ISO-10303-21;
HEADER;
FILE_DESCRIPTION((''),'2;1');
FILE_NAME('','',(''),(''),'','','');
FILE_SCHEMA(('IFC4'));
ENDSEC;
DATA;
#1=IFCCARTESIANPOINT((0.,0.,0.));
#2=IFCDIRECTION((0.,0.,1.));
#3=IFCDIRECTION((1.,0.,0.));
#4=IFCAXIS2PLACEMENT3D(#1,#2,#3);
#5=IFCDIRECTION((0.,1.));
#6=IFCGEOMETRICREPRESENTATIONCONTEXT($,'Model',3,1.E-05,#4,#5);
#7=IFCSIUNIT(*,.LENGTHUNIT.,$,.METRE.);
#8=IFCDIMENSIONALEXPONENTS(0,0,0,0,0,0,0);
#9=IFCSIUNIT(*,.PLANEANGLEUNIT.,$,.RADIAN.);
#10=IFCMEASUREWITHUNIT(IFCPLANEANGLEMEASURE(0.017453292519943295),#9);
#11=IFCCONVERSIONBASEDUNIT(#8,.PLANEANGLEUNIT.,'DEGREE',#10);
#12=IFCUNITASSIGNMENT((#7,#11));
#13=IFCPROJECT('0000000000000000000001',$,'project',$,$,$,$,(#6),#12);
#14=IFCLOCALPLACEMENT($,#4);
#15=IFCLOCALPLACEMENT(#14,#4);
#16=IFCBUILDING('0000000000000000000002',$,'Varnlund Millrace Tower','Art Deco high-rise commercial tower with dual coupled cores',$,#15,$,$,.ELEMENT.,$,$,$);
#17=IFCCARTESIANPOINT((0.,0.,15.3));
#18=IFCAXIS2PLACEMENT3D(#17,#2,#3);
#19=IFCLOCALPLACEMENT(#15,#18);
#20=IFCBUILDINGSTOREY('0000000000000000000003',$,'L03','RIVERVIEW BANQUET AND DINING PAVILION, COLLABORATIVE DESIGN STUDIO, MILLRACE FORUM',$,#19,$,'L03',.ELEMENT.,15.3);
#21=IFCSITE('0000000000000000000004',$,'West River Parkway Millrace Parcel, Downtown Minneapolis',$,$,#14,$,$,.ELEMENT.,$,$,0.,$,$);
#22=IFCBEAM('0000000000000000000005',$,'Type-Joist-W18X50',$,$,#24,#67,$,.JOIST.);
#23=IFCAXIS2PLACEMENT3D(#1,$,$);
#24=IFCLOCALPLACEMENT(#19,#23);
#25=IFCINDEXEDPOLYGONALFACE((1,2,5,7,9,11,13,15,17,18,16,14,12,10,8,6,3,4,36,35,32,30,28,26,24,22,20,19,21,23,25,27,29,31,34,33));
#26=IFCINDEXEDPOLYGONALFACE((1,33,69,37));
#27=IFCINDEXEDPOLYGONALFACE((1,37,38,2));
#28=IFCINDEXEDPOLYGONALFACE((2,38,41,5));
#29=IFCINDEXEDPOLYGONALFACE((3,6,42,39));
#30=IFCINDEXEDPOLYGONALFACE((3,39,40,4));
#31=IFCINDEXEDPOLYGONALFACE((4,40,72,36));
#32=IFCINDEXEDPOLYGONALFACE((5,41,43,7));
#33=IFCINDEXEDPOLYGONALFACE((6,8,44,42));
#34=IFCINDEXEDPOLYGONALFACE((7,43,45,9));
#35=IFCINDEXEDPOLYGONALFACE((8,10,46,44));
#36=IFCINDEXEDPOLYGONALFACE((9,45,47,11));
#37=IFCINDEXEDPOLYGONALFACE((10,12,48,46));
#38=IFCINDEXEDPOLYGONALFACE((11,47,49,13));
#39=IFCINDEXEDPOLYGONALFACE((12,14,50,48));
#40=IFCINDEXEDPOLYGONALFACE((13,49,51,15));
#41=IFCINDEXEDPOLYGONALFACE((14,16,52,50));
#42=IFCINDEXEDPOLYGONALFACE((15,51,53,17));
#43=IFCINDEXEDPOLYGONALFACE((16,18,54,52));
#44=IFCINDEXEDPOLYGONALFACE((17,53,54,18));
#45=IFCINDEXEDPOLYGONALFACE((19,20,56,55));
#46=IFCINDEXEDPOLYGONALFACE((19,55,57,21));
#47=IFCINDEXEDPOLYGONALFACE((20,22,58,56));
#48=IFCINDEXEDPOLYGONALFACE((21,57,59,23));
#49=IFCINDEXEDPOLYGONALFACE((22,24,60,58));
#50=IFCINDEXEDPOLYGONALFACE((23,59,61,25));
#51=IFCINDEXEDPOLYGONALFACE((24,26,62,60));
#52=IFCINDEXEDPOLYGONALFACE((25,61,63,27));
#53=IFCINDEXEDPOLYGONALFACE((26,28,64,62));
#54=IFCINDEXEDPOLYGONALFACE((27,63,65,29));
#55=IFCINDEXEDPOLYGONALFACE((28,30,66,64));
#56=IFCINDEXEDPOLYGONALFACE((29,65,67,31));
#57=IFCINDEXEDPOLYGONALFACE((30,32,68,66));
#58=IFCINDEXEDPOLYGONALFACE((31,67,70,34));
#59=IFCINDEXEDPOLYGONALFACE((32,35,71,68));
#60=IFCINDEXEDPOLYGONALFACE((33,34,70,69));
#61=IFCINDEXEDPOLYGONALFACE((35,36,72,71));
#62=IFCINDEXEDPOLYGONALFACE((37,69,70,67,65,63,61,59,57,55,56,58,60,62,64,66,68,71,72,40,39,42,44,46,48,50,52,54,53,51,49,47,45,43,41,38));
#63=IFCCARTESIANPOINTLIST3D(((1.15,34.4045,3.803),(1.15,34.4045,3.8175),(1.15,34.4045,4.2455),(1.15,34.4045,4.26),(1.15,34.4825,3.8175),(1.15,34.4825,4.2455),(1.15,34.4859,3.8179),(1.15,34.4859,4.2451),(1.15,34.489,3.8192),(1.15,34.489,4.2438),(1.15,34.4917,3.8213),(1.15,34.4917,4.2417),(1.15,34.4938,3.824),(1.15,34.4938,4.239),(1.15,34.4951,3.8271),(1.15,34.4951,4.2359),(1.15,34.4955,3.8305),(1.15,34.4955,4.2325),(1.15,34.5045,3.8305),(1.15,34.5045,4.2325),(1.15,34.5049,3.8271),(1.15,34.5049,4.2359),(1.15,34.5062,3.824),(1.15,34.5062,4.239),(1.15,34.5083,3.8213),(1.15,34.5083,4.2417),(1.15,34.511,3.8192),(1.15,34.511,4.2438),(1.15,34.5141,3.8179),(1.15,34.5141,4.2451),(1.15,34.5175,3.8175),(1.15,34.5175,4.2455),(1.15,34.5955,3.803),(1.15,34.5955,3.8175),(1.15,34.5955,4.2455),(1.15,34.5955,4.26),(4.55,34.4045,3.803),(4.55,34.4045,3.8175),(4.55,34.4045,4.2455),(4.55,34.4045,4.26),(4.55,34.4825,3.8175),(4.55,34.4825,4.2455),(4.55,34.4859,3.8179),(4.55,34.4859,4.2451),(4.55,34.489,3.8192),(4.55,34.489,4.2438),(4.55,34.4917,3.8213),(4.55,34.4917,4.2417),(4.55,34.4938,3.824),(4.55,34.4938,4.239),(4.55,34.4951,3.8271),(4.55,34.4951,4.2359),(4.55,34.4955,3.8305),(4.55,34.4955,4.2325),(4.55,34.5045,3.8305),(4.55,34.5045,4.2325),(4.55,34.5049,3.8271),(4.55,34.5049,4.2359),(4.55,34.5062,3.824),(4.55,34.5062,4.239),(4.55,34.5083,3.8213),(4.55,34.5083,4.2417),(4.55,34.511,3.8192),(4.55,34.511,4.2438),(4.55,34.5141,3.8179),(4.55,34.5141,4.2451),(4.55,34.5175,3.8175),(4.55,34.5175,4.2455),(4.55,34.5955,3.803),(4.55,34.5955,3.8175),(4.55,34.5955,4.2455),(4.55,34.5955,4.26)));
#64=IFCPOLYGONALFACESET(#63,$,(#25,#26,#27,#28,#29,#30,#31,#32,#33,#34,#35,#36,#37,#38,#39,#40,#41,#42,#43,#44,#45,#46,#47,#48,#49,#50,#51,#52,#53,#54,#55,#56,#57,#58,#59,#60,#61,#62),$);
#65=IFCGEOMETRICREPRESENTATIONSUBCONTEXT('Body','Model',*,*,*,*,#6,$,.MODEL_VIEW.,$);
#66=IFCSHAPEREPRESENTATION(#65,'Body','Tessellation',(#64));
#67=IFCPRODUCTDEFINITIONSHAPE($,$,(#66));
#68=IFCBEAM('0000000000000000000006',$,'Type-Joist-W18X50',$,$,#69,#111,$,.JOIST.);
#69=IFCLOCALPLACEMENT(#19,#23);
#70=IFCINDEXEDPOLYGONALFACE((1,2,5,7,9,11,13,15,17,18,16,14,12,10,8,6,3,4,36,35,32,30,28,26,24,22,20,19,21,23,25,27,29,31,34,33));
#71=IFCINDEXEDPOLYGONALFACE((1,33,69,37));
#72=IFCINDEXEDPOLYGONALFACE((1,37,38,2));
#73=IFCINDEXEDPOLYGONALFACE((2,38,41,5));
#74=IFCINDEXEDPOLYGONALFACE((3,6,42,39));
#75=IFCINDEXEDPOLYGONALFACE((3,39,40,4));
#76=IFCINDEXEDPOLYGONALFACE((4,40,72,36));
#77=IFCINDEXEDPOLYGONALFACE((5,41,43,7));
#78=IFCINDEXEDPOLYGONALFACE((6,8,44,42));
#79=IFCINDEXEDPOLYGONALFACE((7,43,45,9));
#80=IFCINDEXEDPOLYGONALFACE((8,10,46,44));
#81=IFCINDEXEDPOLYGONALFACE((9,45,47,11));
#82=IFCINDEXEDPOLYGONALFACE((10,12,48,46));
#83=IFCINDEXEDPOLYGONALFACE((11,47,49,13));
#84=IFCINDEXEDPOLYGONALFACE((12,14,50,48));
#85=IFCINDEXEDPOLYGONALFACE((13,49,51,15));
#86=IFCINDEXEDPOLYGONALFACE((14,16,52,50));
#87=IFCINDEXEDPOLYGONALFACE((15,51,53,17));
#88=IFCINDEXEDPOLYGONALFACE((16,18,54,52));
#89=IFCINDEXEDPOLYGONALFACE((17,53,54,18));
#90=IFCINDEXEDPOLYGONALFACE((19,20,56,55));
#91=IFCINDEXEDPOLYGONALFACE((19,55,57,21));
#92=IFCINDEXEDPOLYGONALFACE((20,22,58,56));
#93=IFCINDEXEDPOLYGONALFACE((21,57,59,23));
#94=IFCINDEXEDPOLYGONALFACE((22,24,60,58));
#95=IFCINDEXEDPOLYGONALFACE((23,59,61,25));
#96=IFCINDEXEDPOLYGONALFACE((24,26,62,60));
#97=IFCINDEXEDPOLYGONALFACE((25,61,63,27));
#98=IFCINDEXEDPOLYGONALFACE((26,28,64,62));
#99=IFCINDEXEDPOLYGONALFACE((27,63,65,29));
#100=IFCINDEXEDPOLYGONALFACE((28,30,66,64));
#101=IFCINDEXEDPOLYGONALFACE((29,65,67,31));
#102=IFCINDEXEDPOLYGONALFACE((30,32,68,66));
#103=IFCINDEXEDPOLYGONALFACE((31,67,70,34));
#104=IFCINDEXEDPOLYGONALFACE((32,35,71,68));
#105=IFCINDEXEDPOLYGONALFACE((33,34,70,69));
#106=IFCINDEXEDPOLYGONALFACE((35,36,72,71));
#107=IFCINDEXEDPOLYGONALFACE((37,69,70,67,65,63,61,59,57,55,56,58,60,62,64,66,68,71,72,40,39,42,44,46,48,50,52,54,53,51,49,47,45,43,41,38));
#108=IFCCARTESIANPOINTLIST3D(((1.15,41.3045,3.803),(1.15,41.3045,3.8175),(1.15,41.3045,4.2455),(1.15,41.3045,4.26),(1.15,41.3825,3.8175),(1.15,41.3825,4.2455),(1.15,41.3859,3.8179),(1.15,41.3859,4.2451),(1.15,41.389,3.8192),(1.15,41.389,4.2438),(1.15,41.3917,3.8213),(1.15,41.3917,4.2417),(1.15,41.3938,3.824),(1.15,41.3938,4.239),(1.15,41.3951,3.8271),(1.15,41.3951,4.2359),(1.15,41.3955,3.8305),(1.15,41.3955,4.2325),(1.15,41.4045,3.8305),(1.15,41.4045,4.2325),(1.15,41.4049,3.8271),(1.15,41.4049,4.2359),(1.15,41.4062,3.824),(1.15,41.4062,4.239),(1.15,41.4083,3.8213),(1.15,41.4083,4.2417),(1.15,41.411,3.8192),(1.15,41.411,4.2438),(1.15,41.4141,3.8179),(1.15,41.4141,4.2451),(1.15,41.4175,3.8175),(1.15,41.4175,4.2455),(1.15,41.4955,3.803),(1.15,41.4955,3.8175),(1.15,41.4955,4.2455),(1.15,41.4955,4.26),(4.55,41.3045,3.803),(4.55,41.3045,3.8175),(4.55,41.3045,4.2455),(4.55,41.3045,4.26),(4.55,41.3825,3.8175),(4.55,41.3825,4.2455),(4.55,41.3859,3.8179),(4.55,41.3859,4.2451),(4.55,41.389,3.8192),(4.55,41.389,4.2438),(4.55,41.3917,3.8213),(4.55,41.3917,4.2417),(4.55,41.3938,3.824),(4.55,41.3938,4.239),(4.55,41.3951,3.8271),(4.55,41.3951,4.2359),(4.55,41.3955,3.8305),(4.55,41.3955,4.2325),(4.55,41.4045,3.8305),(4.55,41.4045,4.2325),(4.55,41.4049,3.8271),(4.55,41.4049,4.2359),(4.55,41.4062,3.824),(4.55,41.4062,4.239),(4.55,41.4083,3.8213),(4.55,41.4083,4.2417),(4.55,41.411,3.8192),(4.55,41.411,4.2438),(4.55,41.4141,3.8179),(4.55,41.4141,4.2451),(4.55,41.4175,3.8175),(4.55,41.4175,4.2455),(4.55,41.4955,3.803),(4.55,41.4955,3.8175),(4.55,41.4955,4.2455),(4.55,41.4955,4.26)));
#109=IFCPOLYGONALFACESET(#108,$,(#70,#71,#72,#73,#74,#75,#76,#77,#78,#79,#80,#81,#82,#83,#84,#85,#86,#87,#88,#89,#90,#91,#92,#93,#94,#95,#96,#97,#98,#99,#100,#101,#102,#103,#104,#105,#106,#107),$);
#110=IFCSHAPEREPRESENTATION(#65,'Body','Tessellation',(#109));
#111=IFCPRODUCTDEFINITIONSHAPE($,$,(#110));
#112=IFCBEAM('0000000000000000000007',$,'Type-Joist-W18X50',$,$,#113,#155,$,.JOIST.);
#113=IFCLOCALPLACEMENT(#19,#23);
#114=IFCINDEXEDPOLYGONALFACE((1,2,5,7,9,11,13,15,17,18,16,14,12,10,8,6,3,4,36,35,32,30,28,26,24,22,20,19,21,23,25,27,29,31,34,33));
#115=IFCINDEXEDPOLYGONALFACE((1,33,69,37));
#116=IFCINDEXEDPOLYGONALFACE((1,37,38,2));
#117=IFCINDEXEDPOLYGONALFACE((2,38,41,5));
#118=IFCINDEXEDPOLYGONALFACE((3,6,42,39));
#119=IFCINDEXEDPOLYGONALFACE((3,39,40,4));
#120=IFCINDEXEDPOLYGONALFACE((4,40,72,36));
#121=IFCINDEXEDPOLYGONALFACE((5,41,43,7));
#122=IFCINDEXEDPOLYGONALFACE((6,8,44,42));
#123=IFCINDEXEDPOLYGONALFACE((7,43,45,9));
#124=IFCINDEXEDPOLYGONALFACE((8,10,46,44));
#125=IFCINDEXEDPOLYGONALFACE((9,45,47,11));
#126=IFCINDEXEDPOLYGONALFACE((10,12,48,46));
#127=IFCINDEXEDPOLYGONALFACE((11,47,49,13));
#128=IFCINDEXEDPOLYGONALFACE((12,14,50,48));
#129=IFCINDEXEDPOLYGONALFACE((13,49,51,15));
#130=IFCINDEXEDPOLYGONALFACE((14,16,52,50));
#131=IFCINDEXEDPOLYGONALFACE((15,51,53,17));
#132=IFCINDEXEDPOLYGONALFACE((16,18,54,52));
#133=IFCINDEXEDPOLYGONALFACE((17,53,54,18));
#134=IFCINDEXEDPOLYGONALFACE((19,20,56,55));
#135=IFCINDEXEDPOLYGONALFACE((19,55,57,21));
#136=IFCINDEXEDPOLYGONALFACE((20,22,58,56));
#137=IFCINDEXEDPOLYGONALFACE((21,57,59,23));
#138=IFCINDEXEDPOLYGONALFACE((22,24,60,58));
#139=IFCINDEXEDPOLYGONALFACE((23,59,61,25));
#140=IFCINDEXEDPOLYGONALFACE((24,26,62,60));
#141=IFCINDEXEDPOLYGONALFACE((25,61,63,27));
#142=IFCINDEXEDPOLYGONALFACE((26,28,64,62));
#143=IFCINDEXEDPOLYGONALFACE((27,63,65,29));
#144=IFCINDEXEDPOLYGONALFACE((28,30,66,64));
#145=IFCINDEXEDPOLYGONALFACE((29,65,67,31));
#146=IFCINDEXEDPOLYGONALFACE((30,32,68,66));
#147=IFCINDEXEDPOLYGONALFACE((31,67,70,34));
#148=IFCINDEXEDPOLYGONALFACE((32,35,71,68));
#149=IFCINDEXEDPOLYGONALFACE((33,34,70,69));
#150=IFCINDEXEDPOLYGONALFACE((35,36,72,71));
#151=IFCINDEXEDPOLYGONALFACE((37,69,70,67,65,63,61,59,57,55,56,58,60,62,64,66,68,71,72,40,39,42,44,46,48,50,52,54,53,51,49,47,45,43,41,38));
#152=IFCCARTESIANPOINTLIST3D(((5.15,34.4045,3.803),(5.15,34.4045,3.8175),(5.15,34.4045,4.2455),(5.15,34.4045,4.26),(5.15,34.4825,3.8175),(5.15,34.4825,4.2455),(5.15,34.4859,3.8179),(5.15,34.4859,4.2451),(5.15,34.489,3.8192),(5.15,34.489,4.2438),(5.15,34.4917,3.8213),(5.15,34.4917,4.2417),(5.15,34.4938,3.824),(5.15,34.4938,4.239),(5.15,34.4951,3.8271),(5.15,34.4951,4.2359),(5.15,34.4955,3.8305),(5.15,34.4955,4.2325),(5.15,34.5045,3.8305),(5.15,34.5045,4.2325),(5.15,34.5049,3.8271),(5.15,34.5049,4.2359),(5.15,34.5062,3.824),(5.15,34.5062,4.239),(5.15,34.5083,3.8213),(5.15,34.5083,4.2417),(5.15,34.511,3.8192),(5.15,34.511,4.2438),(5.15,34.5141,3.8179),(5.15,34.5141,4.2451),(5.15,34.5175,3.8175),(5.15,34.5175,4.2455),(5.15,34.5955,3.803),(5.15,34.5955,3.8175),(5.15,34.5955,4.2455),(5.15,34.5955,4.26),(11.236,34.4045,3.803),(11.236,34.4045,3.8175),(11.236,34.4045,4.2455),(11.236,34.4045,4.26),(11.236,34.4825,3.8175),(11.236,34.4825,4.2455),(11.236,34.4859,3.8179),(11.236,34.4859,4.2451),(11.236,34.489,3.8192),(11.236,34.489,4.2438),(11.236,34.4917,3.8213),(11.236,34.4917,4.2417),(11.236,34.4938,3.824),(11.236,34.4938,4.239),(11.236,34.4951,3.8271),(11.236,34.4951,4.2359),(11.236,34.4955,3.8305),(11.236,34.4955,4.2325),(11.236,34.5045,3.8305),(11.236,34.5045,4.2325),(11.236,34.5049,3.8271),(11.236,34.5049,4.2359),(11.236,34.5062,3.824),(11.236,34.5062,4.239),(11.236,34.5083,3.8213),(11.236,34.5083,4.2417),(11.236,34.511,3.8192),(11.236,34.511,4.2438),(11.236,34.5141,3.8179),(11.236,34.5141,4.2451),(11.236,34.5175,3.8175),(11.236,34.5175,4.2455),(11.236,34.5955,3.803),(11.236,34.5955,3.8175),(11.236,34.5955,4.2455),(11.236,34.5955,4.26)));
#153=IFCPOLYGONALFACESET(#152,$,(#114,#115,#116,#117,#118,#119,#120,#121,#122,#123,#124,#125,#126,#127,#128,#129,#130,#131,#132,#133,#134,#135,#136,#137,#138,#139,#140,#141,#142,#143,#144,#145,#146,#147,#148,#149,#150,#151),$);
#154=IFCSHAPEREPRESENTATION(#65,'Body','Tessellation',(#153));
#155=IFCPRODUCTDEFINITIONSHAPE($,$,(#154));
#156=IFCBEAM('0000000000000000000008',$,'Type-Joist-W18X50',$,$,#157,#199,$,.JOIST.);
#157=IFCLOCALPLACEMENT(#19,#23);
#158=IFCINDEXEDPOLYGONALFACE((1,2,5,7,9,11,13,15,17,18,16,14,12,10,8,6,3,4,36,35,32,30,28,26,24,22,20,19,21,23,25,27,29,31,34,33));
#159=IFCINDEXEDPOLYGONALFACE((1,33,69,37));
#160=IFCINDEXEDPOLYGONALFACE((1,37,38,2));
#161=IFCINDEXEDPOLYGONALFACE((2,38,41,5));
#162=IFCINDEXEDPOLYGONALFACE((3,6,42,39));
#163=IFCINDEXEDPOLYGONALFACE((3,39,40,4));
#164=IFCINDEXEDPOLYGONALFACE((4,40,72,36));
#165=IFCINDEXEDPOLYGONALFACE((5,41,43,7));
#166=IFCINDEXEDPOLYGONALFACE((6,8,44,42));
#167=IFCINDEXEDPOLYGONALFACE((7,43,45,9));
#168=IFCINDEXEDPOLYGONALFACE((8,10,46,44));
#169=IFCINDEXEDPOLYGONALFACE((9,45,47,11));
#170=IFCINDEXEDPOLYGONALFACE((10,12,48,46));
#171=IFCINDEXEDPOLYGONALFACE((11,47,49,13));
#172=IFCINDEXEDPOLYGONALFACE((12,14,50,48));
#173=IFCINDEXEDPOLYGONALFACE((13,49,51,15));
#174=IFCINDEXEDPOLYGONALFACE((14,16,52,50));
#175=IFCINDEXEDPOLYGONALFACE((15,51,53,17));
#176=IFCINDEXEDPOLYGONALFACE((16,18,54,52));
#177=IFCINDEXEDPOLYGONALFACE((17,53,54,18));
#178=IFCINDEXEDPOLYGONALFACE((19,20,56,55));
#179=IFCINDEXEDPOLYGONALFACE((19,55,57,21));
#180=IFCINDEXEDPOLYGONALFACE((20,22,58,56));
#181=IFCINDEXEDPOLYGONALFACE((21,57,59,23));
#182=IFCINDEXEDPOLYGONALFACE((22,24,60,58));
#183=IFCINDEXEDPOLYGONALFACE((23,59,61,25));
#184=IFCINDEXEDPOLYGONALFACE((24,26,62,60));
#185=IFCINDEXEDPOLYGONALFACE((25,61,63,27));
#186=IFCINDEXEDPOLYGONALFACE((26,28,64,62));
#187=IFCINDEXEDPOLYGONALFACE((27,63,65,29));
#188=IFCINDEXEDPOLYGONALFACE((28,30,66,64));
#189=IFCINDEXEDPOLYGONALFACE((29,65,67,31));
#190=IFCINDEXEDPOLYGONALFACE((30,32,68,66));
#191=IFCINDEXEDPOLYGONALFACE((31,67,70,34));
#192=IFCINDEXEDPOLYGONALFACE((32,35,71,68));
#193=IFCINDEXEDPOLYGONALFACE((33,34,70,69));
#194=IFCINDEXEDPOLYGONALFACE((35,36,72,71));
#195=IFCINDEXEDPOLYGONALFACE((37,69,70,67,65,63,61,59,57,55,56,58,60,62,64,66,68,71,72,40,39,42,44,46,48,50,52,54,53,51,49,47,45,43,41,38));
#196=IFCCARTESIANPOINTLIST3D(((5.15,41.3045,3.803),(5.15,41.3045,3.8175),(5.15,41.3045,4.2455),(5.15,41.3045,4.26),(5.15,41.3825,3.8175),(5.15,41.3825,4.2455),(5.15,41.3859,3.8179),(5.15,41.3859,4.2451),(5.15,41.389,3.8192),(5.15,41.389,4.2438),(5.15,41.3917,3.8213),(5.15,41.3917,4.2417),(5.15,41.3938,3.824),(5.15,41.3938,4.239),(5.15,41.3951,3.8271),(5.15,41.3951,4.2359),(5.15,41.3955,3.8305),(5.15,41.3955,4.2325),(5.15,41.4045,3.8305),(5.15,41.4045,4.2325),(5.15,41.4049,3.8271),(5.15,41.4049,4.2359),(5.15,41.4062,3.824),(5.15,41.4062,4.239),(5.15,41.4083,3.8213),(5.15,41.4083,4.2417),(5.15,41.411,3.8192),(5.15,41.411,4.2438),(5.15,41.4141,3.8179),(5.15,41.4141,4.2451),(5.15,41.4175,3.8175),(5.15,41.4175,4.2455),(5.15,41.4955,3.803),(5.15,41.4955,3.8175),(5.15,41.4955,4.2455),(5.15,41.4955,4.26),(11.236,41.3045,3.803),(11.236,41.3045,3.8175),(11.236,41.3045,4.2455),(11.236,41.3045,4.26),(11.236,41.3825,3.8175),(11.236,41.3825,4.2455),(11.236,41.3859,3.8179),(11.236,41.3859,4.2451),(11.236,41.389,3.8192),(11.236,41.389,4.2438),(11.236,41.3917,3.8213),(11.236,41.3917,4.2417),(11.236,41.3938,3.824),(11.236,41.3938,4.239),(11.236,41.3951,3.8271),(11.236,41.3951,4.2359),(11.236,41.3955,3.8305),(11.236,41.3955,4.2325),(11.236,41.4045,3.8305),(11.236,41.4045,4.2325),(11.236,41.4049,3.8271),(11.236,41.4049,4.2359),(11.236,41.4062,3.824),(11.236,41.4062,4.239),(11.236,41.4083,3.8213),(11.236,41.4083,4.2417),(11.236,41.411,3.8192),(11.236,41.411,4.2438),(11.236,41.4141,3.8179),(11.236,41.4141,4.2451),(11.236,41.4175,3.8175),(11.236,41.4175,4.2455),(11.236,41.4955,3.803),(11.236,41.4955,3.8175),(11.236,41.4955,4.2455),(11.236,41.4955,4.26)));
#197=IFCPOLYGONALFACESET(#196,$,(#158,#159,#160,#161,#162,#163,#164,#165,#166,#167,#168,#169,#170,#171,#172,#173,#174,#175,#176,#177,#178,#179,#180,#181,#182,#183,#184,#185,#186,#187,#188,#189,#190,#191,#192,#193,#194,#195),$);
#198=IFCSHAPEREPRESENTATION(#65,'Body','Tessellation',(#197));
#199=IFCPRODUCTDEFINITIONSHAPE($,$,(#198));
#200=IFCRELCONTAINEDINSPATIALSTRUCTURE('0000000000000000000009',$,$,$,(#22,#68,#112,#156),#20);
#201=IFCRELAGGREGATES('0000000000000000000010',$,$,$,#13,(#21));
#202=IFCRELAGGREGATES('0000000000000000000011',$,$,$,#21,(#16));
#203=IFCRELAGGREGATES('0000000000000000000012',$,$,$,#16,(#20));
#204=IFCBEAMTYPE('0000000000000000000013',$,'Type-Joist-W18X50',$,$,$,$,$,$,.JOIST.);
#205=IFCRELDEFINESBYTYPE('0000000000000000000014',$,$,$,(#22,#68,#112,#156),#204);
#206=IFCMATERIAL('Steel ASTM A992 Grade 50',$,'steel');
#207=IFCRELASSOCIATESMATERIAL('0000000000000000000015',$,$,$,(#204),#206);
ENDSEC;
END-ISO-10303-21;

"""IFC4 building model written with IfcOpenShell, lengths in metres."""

from ifc_helpers import new_model, entity, si_unit, converted_unit, direction, frame, origin_with_axes, origin_2d_with_axis, place, context, subcontext, project, spatial, i_section, extrude, material, material_profile, profile_set, type_object, element, save


model = new_model("IFC4")

# Units and contexts
model_context = context("Model", 3, precision=1e-05, world=origin_with_axes(), true_north=direction((0.0, 1.0)))
body_context = subcontext(model_context, "Body", "Model", "MODEL_VIEW")
ifc_project = project(units=[si_unit("LENGTHUNIT", "METRE"), converted_unit("PLANEANGLEUNIT", "DEGREE", entity("IfcPlaneAngleMeasure", 0.017453292519943295), si_unit("PLANEANGLEUNIT", "RADIAN"), dimensions=[0, 0, 0, 0, 0, 0, 0])], contexts=[model_context])

# Site, building, storey
site_placement = place(None, origin_with_axes())
site = spatial("IfcSite", under=ifc_project, at=site_placement, Name="West River Parkway Millrace Parcel, Downtown Minneapolis", CompositionType="ELEMENT", RefElevation=0.0)
building_placement = place(site_placement, origin_with_axes())
building = spatial("IfcBuilding", under=site, at=building_placement, Name="Varnlund Millrace Tower", Description="Art Deco high-rise commercial tower with dual coupled cores", CompositionType="ELEMENT")
storey_placement = place(building_placement, frame((0.0, 0.0, 15.3), z_axis=(0.0, 0.0, 1.0), x_axis=(1.0, 0.0, 0.0)))
storey = spatial("IfcBuildingStorey", under=building, at=storey_placement, Name="L03", Description="RIVERVIEW BANQUET AND DINING PAVILION, COLLABORATIVE DESIGN STUDIO, MILLRACE FORUM", LongName="L03", CompositionType="ELEMENT", Elevation=15.3)

# Beams
ifc_material_1 = material(Name="Steel ASTM A992 Grade 50", Category="steel")
ifc_material_profile_1 = material_profile(ifc_material_1, i_section(OverallWidth=0.191, OverallDepth=0.457, WebThickness=0.009, FlangeThickness=0.0145, FilletRadius=0.013, at=origin_2d_with_axis()), Name="Steel ASTM A992 Grade 50")
ifc_profile_set_1 = profile_set([ifc_material_profile_1], Name="Steel ASTM A992 Grade 50")
beam_type_1 = type_object("IfcBeamType", Name="Type-Joist-W18X50", PredefinedType="JOIST", material=ifc_profile_set_1)
for number, where, z_axis, x_axis, name in (
    (1, (1.15, 34.5, 4.0315), (1.0, 0.0, 0.0), (0.0, 1.0, 0.0), "Type-Joist-W18X50"),
    (2, (1.15, 41.4, 4.0315), (1.0, 0.0, 0.0), (0.0, 1.0, 0.0), "Type-Joist-W18X50"),
):
    element("IfcBeam", number, at=place(storey_placement, frame(where, z_axis=z_axis, x_axis=x_axis)), inside=storey, type_object=beam_type_1, Name=name, PredefinedType="JOIST", context=body_context, shape_type="SweptSolid", body=[
        extrude(i_section(OverallWidth=0.191, OverallDepth=0.457, WebThickness=0.009, FlangeThickness=0.0145, FilletRadius=0.013, at=origin_2d_with_axis()), origin_with_axes(), (0.0, 0.0, 1.0), 3.4),
    ])
for number, where, z_axis, x_axis, name in (
    (3, (5.15, 34.5, 4.0315), (1.0, 0.0, 0.0), (0.0, 1.0, 0.0), "Type-Joist-W18X50"),
    (4, (5.15, 41.4, 4.0315), (1.0, 0.0, 0.0), (0.0, 1.0, 0.0), "Type-Joist-W18X50"),
):
    element("IfcBeam", number, at=place(storey_placement, frame(where, z_axis=z_axis, x_axis=x_axis)), inside=storey, type_object=beam_type_1, Name=name, PredefinedType="JOIST", context=body_context, shape_type="SweptSolid", body=[
        extrude(i_section(OverallWidth=0.191, OverallDepth=0.457, WebThickness=0.009, FlangeThickness=0.0145, FilletRadius=0.013, at=origin_2d_with_axis()), origin_with_axes(), (0.0, 0.0, 1.0), 6.086),
    ])

save(model, "model.ifc")
